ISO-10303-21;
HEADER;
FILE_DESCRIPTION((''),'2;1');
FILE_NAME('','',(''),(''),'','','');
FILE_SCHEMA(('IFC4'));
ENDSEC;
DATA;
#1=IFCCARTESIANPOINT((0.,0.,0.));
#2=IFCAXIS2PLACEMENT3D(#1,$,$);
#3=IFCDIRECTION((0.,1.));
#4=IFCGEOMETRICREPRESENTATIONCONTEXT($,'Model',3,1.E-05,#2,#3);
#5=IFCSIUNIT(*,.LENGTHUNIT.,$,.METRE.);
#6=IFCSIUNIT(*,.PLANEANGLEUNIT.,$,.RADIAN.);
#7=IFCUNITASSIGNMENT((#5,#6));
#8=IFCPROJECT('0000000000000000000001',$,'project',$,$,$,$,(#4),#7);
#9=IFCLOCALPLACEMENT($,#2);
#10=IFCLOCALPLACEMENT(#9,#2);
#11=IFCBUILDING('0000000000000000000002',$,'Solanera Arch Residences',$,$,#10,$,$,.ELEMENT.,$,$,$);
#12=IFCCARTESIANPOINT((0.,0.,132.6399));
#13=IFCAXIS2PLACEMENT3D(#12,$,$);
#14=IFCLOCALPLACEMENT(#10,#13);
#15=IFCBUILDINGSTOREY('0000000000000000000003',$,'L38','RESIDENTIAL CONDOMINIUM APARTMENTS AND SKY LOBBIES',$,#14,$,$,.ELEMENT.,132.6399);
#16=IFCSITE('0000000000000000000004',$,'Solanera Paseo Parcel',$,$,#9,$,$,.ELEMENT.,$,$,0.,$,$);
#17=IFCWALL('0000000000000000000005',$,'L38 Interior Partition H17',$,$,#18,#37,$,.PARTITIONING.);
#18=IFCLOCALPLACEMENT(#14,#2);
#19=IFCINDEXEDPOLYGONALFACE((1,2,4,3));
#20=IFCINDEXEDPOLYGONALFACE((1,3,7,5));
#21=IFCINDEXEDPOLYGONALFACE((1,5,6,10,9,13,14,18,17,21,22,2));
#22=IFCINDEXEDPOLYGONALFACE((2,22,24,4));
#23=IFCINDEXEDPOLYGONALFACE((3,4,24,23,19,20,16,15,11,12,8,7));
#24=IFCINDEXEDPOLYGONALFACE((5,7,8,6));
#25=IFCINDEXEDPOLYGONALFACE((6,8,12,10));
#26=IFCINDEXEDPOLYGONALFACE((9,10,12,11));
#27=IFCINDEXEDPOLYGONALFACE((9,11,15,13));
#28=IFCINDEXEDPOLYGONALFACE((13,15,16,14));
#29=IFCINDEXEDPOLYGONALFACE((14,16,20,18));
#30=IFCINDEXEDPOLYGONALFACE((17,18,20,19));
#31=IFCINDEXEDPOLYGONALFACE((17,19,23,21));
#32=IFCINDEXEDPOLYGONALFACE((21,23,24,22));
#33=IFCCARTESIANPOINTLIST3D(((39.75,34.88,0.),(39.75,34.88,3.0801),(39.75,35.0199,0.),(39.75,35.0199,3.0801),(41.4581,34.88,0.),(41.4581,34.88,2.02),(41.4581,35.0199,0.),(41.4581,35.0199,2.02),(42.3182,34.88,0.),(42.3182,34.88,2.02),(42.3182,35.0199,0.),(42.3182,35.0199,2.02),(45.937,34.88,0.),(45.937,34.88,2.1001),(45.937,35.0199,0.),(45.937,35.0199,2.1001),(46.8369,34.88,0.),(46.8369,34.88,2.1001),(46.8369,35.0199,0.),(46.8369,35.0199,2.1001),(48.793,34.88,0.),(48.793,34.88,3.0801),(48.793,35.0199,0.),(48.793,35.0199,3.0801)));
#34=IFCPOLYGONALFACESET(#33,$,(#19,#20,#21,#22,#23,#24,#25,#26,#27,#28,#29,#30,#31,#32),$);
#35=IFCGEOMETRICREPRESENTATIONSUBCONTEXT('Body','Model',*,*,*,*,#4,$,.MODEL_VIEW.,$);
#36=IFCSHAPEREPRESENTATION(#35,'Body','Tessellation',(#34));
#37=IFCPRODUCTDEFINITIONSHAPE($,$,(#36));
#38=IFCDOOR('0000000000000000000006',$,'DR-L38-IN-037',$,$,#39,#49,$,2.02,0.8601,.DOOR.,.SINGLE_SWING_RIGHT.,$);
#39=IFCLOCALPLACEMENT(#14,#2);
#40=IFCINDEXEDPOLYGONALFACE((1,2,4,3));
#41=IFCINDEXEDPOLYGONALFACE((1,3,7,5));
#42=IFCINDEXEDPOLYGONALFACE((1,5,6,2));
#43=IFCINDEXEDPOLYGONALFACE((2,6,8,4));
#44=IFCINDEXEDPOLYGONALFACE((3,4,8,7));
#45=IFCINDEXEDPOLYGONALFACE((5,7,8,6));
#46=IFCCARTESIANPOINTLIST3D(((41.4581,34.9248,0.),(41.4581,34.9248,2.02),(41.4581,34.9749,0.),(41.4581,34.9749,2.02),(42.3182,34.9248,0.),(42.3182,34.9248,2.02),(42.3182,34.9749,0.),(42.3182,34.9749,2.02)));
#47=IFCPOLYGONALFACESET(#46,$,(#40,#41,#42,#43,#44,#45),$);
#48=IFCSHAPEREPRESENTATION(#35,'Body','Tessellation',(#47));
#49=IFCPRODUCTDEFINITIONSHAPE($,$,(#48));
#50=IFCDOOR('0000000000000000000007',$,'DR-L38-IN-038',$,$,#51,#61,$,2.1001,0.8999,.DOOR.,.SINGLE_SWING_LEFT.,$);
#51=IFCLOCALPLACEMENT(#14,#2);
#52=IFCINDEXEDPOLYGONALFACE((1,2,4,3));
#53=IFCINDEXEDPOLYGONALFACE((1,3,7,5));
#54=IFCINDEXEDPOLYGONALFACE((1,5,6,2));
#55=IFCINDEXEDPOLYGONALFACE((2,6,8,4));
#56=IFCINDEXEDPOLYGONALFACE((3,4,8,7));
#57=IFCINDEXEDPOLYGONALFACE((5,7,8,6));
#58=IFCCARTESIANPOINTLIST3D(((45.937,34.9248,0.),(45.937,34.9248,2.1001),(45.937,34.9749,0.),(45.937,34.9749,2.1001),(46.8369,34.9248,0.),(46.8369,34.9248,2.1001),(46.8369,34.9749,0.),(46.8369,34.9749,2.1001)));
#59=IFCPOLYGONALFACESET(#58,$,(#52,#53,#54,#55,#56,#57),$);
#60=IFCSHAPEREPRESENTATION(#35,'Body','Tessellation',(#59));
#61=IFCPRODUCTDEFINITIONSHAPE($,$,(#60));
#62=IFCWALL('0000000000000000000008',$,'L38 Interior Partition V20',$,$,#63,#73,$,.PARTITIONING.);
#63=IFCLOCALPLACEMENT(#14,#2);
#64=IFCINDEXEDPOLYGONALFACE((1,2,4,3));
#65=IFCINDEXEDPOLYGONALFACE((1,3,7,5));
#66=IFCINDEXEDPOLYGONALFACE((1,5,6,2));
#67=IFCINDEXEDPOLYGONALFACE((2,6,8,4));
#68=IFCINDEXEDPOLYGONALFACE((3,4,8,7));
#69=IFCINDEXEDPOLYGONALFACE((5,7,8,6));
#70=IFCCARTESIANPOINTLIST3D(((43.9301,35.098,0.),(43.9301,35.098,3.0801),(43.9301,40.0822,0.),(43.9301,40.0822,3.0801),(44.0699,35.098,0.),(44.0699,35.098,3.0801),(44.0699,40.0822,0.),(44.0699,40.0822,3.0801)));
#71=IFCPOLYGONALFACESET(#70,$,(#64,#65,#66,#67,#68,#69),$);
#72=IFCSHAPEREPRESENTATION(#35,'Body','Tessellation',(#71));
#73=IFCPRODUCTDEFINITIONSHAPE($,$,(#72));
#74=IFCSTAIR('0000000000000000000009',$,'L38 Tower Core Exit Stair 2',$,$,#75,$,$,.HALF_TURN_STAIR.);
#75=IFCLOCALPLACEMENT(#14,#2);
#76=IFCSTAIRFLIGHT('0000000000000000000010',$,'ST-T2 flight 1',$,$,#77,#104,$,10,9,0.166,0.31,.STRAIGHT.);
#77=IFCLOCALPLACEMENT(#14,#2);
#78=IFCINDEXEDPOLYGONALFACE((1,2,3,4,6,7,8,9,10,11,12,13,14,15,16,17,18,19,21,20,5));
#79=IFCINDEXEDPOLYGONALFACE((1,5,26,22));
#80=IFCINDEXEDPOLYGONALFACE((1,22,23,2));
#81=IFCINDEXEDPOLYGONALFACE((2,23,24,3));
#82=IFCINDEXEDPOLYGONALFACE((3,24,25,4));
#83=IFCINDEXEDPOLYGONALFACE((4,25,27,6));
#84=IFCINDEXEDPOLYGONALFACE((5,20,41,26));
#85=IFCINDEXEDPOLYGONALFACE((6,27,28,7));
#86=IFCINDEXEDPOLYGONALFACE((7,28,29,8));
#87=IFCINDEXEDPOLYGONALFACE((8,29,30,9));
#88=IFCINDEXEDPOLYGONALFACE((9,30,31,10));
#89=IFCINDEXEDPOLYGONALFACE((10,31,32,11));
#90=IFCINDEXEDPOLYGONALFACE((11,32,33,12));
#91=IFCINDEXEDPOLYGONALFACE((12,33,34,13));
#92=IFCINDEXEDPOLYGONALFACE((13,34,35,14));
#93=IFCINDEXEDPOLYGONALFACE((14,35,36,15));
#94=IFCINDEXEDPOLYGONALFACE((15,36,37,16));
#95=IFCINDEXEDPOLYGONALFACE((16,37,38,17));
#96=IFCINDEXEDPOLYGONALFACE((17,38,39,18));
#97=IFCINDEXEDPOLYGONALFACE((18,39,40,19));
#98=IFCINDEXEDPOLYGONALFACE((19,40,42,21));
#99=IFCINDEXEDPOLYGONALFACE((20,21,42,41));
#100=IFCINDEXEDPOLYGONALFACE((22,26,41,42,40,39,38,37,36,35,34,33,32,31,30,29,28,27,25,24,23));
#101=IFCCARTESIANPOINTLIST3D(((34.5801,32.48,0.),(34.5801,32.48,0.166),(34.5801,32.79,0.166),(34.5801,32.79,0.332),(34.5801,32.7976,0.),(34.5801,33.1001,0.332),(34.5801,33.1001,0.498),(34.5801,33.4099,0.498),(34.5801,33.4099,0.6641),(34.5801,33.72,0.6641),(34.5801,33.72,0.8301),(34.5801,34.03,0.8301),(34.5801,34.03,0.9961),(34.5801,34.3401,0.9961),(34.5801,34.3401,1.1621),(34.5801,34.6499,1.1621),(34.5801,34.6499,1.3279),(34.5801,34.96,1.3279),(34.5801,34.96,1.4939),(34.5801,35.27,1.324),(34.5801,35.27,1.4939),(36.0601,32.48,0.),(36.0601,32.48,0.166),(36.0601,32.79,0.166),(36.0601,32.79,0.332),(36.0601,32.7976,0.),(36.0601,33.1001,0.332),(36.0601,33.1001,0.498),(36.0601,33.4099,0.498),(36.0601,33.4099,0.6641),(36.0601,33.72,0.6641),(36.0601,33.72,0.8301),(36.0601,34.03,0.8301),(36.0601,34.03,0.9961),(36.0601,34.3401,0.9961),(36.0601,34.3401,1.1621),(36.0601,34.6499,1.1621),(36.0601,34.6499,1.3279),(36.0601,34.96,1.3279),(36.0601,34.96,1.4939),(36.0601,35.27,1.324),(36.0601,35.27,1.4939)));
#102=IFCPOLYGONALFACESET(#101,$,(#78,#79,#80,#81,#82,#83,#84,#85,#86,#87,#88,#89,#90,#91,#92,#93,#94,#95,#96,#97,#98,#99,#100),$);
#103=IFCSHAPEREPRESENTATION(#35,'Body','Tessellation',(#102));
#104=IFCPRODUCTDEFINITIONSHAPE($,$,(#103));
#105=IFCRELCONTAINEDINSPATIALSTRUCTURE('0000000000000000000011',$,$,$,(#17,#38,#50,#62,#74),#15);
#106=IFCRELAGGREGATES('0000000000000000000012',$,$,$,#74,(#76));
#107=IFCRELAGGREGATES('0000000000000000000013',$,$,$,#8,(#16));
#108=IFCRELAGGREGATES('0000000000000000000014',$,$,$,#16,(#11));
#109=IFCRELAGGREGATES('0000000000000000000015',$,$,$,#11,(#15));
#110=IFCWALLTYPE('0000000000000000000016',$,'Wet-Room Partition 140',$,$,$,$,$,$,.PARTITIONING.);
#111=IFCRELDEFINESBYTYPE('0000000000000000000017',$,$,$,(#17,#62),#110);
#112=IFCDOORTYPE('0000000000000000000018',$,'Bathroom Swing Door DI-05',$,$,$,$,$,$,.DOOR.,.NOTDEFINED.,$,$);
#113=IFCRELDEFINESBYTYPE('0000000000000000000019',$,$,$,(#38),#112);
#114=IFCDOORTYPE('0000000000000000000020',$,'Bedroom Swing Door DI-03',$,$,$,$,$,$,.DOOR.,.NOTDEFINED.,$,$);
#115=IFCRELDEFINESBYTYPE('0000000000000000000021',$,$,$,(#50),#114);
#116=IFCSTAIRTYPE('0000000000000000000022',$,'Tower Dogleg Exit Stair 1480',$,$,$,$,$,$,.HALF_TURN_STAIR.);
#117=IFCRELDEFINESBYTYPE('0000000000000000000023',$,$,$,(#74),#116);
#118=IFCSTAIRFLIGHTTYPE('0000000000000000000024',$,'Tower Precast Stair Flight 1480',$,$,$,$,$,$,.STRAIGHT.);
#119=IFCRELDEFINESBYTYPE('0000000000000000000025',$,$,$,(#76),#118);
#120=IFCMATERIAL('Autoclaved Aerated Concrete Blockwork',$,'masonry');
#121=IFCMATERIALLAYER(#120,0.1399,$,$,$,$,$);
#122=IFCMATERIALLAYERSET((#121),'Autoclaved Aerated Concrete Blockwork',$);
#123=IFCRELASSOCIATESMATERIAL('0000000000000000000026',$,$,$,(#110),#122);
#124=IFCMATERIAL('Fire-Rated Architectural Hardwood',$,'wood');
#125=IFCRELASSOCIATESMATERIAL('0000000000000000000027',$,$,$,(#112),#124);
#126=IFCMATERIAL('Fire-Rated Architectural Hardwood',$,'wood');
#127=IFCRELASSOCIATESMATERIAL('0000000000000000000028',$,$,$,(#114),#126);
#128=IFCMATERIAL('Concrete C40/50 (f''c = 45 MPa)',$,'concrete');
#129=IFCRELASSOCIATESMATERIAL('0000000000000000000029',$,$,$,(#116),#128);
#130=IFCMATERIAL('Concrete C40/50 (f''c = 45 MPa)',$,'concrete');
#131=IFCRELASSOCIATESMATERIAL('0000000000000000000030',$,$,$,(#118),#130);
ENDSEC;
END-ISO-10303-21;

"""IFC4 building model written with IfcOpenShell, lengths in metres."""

from ifc_helpers import new_model, si_unit, direction, frame, frame_2d, origin, place, context, subcontext, project, spatial, polyline, rectangle, outline, extrude, material, layer, layer_set, type_object, element, fill, aggregate, save


model = new_model("IFC4")

# Units and contexts
model_context = context("Model", 3, precision=1e-05, world=origin(), true_north=direction((0.0, 1.0)))
body_context = subcontext(model_context, "Body", "Model", "MODEL_VIEW")
ifc_project = project(units=[si_unit("LENGTHUNIT", "METRE"), si_unit("PLANEANGLEUNIT", "RADIAN")], contexts=[model_context])

# Site, building, storey
site_placement = place(None, origin())
site = spatial("IfcSite", under=ifc_project, at=site_placement, Name="Solanera Paseo Parcel", CompositionType="ELEMENT", RefElevation=0.0)
building_placement = place(site_placement, origin())
building = spatial("IfcBuilding", under=site, at=building_placement, Name="Solanera Arch Residences", CompositionType="ELEMENT")
storey_placement = place(building_placement, frame((0.0, 0.0, 132.6399)))
storey = spatial("IfcBuildingStorey", under=building, at=storey_placement, Name="L38", Description="RESIDENTIAL CONDOMINIUM APARTMENTS AND SKY LOBBIES", CompositionType="ELEMENT", Elevation=132.6399)

# Wall, openings, doors
ifc_material_1 = material(Name="Autoclaved Aerated Concrete Blockwork", Category="masonry")
ifc_layer_1 = layer(ifc_material_1, 0.1399)
ifc_layer_set_1 = layer_set([ifc_layer_1], Name="Autoclaved Aerated Concrete Blockwork")
wall_type_1 = type_object("IfcWallType", Name="Wet-Room Partition 140", PredefinedType="PARTITIONING", material=ifc_layer_set_1)
wall_1_placement = place(storey_placement, frame((39.75, 34.95, 0.0), z_axis=(0.0, 0.0, 1.0), x_axis=(1.0, 0.0, 0.0)))
wall_1 = element("IfcWall", 1, at=wall_1_placement, inside=storey, type_object=wall_type_1, Name="L38 Interior Partition H17", PredefinedType="PARTITIONING", context=body_context, shape_type="SweptSolid", body=[
    extrude(rectangle(XDim=9.043, YDim=0.1399, at=frame_2d((4.5215, 0.0))), origin(), (0.0, 0.0, 1.0), 3.0801),
])
opening_1_placement = place(wall_1_placement, frame((1.708, 0.0, 0.0)))
opening_1 = element("IfcOpeningElement", 2, at=opening_1_placement, cuts=wall_1, PredefinedType="OPENING", context=body_context, shape_type="SweptSolid", body=[
    extrude(rectangle(XDim=0.8601, YDim=2.02, at=frame_2d((0.4302, 1.01))), frame((0.0, 0.0798, 0.0), z_axis=(0.0, -1.0, 0.0), x_axis=(1.0, 0.0, 0.0)), (0.0, 0.0, 1.0), 0.1599),
])
opening_2_placement = place(wall_1_placement, frame((6.187, 0.0, 0.0)))
opening_2 = element("IfcOpeningElement", 3, at=opening_2_placement, cuts=wall_1, PredefinedType="OPENING", context=body_context, shape_type="SweptSolid", body=[
    extrude(rectangle(XDim=0.8999, YDim=2.1001, at=frame_2d((0.45, 1.05))), frame((0.0, 0.0798, 0.0), z_axis=(0.0, -1.0, 0.0), x_axis=(1.0, 0.0, 0.0)), (0.0, 0.0, 1.0), 0.1599),
])
ifc_material_2 = material(Name="Fire-Rated Architectural Hardwood", Category="wood")
door_type_1 = type_object("IfcDoorType", Name="Bathroom Swing Door DI-05", OperationType="NOTDEFINED", PredefinedType="DOOR", material=ifc_material_2)
door_1_placement = place(opening_1_placement, origin())
door_1 = element("IfcDoor", 4, at=door_1_placement, inside=storey, type_object=door_type_1, Name="DR-L38-IN-037", OperationType="SINGLE_SWING_RIGHT", OverallHeight=2.02, OverallWidth=0.8601, PredefinedType="DOOR", context=body_context, shape_type="SweptSolid", body=[
    extrude(rectangle(XDim=0.8601, YDim=2.02, at=frame_2d((0.4302, 1.01))), frame((0.0, 0.0249, 0.0), z_axis=(0.0, -1.0, 0.0), x_axis=(1.0, 0.0, 0.0)), (0.0, 0.0, 1.0), 0.05),
])
fill(opening_1, door_1)
ifc_material_3 = material(Name="Fire-Rated Architectural Hardwood", Category="wood")
door_type_2 = type_object("IfcDoorType", Name="Bedroom Swing Door DI-03", OperationType="NOTDEFINED", PredefinedType="DOOR", material=ifc_material_3)
door_2_placement = place(opening_2_placement, origin())
door_2 = element("IfcDoor", 5, at=door_2_placement, inside=storey, type_object=door_type_2, Name="DR-L38-IN-038", OperationType="SINGLE_SWING_LEFT", OverallHeight=2.1001, OverallWidth=0.8999, PredefinedType="DOOR", context=body_context, shape_type="SweptSolid", body=[
    extrude(rectangle(XDim=0.8999, YDim=2.1001, at=frame_2d((0.45, 1.05))), frame((0.0, 0.0249, 0.0), z_axis=(0.0, -1.0, 0.0), x_axis=(1.0, 0.0, 0.0)), (0.0, 0.0, 1.0), 0.05),
])
fill(opening_2, door_2)

# Wall
wall_2_placement = place(storey_placement, frame((44.0, 35.0979, 0.0), z_axis=(0.0, 0.0, 1.0), x_axis=(0.0, 1.0, 0.0)))
element("IfcWall", 6, at=wall_2_placement, inside=storey, type_object=wall_type_1, Name="L38 Interior Partition V20", PredefinedType="PARTITIONING", context=body_context, shape_type="SweptSolid", body=[
    extrude(rectangle(XDim=4.9841, YDim=0.1399, at=frame_2d((2.4922, 0.0))), origin(), (0.0, 0.0, 1.0), 3.0801),
])

# Stair, stair flight
ifc_material_4 = material(Name="Concrete C40/50 (f'c = 45 MPa)", Category="concrete")
stair_type = type_object("IfcStairType", Name="Tower Dogleg Exit Stair 1480", PredefinedType="HALF_TURN_STAIR", material=ifc_material_4)
stair_placement = place(storey_placement, origin())
stair = element("IfcStair", 7, at=stair_placement, inside=storey, type_object=stair_type, Name="L38 Tower Core Exit Stair 2", PredefinedType="HALF_TURN_STAIR")
ifc_material_5 = material(Name="Concrete C40/50 (f'c = 45 MPa)", Category="concrete")
stair_flight_type = type_object("IfcStairFlightType", Name="Tower Precast Stair Flight 1480", PredefinedType="STRAIGHT", material=ifc_material_5)
stair_flight_placement = place(storey_placement, frame((35.3201, 32.48, 0.0), z_axis=(0.0, 0.0, 1.0), x_axis=(0.0, 1.0, 0.0)))
stair_flight = element("IfcStairFlight", 8, at=stair_flight_placement, type_object=stair_flight_type, Name="ST-T2 flight 1", NumberOfRisers=10, NumberOfTreads=9, PredefinedType="STRAIGHT", RiserHeight=0.166, TreadLength=0.31, context=body_context, shape_type="SweptSolid", body=[
    extrude(outline(polyline([(0.0, 0.0), (0.0, 0.166), (0.3101, 0.166), (0.3101, 0.332), (0.6201, 0.332), (0.6201, 0.498), (0.9299, 0.498), (0.9299, 0.6641), (1.24, 0.6641), (1.24, 0.8301), (1.55, 0.8301), (1.55, 0.9961), (1.8601, 0.9961), (1.8601, 1.1621), (2.1699, 1.1621), (2.1699, 1.3279), (2.48, 1.3279), (2.48, 1.4939), (2.79, 1.4939), (2.79, 1.6599), (2.79, 1.324), (0.3176, 0.0), (0.0, 0.0)])), frame((0.0, 0.74, 0.0), z_axis=(0.0, -1.0, 0.0), x_axis=(1.0, 0.0, 0.0)), (0.0, 0.0, 1.0), 1.48),
])
aggregate(stair, [stair_flight])

save(model, "model.ifc")
